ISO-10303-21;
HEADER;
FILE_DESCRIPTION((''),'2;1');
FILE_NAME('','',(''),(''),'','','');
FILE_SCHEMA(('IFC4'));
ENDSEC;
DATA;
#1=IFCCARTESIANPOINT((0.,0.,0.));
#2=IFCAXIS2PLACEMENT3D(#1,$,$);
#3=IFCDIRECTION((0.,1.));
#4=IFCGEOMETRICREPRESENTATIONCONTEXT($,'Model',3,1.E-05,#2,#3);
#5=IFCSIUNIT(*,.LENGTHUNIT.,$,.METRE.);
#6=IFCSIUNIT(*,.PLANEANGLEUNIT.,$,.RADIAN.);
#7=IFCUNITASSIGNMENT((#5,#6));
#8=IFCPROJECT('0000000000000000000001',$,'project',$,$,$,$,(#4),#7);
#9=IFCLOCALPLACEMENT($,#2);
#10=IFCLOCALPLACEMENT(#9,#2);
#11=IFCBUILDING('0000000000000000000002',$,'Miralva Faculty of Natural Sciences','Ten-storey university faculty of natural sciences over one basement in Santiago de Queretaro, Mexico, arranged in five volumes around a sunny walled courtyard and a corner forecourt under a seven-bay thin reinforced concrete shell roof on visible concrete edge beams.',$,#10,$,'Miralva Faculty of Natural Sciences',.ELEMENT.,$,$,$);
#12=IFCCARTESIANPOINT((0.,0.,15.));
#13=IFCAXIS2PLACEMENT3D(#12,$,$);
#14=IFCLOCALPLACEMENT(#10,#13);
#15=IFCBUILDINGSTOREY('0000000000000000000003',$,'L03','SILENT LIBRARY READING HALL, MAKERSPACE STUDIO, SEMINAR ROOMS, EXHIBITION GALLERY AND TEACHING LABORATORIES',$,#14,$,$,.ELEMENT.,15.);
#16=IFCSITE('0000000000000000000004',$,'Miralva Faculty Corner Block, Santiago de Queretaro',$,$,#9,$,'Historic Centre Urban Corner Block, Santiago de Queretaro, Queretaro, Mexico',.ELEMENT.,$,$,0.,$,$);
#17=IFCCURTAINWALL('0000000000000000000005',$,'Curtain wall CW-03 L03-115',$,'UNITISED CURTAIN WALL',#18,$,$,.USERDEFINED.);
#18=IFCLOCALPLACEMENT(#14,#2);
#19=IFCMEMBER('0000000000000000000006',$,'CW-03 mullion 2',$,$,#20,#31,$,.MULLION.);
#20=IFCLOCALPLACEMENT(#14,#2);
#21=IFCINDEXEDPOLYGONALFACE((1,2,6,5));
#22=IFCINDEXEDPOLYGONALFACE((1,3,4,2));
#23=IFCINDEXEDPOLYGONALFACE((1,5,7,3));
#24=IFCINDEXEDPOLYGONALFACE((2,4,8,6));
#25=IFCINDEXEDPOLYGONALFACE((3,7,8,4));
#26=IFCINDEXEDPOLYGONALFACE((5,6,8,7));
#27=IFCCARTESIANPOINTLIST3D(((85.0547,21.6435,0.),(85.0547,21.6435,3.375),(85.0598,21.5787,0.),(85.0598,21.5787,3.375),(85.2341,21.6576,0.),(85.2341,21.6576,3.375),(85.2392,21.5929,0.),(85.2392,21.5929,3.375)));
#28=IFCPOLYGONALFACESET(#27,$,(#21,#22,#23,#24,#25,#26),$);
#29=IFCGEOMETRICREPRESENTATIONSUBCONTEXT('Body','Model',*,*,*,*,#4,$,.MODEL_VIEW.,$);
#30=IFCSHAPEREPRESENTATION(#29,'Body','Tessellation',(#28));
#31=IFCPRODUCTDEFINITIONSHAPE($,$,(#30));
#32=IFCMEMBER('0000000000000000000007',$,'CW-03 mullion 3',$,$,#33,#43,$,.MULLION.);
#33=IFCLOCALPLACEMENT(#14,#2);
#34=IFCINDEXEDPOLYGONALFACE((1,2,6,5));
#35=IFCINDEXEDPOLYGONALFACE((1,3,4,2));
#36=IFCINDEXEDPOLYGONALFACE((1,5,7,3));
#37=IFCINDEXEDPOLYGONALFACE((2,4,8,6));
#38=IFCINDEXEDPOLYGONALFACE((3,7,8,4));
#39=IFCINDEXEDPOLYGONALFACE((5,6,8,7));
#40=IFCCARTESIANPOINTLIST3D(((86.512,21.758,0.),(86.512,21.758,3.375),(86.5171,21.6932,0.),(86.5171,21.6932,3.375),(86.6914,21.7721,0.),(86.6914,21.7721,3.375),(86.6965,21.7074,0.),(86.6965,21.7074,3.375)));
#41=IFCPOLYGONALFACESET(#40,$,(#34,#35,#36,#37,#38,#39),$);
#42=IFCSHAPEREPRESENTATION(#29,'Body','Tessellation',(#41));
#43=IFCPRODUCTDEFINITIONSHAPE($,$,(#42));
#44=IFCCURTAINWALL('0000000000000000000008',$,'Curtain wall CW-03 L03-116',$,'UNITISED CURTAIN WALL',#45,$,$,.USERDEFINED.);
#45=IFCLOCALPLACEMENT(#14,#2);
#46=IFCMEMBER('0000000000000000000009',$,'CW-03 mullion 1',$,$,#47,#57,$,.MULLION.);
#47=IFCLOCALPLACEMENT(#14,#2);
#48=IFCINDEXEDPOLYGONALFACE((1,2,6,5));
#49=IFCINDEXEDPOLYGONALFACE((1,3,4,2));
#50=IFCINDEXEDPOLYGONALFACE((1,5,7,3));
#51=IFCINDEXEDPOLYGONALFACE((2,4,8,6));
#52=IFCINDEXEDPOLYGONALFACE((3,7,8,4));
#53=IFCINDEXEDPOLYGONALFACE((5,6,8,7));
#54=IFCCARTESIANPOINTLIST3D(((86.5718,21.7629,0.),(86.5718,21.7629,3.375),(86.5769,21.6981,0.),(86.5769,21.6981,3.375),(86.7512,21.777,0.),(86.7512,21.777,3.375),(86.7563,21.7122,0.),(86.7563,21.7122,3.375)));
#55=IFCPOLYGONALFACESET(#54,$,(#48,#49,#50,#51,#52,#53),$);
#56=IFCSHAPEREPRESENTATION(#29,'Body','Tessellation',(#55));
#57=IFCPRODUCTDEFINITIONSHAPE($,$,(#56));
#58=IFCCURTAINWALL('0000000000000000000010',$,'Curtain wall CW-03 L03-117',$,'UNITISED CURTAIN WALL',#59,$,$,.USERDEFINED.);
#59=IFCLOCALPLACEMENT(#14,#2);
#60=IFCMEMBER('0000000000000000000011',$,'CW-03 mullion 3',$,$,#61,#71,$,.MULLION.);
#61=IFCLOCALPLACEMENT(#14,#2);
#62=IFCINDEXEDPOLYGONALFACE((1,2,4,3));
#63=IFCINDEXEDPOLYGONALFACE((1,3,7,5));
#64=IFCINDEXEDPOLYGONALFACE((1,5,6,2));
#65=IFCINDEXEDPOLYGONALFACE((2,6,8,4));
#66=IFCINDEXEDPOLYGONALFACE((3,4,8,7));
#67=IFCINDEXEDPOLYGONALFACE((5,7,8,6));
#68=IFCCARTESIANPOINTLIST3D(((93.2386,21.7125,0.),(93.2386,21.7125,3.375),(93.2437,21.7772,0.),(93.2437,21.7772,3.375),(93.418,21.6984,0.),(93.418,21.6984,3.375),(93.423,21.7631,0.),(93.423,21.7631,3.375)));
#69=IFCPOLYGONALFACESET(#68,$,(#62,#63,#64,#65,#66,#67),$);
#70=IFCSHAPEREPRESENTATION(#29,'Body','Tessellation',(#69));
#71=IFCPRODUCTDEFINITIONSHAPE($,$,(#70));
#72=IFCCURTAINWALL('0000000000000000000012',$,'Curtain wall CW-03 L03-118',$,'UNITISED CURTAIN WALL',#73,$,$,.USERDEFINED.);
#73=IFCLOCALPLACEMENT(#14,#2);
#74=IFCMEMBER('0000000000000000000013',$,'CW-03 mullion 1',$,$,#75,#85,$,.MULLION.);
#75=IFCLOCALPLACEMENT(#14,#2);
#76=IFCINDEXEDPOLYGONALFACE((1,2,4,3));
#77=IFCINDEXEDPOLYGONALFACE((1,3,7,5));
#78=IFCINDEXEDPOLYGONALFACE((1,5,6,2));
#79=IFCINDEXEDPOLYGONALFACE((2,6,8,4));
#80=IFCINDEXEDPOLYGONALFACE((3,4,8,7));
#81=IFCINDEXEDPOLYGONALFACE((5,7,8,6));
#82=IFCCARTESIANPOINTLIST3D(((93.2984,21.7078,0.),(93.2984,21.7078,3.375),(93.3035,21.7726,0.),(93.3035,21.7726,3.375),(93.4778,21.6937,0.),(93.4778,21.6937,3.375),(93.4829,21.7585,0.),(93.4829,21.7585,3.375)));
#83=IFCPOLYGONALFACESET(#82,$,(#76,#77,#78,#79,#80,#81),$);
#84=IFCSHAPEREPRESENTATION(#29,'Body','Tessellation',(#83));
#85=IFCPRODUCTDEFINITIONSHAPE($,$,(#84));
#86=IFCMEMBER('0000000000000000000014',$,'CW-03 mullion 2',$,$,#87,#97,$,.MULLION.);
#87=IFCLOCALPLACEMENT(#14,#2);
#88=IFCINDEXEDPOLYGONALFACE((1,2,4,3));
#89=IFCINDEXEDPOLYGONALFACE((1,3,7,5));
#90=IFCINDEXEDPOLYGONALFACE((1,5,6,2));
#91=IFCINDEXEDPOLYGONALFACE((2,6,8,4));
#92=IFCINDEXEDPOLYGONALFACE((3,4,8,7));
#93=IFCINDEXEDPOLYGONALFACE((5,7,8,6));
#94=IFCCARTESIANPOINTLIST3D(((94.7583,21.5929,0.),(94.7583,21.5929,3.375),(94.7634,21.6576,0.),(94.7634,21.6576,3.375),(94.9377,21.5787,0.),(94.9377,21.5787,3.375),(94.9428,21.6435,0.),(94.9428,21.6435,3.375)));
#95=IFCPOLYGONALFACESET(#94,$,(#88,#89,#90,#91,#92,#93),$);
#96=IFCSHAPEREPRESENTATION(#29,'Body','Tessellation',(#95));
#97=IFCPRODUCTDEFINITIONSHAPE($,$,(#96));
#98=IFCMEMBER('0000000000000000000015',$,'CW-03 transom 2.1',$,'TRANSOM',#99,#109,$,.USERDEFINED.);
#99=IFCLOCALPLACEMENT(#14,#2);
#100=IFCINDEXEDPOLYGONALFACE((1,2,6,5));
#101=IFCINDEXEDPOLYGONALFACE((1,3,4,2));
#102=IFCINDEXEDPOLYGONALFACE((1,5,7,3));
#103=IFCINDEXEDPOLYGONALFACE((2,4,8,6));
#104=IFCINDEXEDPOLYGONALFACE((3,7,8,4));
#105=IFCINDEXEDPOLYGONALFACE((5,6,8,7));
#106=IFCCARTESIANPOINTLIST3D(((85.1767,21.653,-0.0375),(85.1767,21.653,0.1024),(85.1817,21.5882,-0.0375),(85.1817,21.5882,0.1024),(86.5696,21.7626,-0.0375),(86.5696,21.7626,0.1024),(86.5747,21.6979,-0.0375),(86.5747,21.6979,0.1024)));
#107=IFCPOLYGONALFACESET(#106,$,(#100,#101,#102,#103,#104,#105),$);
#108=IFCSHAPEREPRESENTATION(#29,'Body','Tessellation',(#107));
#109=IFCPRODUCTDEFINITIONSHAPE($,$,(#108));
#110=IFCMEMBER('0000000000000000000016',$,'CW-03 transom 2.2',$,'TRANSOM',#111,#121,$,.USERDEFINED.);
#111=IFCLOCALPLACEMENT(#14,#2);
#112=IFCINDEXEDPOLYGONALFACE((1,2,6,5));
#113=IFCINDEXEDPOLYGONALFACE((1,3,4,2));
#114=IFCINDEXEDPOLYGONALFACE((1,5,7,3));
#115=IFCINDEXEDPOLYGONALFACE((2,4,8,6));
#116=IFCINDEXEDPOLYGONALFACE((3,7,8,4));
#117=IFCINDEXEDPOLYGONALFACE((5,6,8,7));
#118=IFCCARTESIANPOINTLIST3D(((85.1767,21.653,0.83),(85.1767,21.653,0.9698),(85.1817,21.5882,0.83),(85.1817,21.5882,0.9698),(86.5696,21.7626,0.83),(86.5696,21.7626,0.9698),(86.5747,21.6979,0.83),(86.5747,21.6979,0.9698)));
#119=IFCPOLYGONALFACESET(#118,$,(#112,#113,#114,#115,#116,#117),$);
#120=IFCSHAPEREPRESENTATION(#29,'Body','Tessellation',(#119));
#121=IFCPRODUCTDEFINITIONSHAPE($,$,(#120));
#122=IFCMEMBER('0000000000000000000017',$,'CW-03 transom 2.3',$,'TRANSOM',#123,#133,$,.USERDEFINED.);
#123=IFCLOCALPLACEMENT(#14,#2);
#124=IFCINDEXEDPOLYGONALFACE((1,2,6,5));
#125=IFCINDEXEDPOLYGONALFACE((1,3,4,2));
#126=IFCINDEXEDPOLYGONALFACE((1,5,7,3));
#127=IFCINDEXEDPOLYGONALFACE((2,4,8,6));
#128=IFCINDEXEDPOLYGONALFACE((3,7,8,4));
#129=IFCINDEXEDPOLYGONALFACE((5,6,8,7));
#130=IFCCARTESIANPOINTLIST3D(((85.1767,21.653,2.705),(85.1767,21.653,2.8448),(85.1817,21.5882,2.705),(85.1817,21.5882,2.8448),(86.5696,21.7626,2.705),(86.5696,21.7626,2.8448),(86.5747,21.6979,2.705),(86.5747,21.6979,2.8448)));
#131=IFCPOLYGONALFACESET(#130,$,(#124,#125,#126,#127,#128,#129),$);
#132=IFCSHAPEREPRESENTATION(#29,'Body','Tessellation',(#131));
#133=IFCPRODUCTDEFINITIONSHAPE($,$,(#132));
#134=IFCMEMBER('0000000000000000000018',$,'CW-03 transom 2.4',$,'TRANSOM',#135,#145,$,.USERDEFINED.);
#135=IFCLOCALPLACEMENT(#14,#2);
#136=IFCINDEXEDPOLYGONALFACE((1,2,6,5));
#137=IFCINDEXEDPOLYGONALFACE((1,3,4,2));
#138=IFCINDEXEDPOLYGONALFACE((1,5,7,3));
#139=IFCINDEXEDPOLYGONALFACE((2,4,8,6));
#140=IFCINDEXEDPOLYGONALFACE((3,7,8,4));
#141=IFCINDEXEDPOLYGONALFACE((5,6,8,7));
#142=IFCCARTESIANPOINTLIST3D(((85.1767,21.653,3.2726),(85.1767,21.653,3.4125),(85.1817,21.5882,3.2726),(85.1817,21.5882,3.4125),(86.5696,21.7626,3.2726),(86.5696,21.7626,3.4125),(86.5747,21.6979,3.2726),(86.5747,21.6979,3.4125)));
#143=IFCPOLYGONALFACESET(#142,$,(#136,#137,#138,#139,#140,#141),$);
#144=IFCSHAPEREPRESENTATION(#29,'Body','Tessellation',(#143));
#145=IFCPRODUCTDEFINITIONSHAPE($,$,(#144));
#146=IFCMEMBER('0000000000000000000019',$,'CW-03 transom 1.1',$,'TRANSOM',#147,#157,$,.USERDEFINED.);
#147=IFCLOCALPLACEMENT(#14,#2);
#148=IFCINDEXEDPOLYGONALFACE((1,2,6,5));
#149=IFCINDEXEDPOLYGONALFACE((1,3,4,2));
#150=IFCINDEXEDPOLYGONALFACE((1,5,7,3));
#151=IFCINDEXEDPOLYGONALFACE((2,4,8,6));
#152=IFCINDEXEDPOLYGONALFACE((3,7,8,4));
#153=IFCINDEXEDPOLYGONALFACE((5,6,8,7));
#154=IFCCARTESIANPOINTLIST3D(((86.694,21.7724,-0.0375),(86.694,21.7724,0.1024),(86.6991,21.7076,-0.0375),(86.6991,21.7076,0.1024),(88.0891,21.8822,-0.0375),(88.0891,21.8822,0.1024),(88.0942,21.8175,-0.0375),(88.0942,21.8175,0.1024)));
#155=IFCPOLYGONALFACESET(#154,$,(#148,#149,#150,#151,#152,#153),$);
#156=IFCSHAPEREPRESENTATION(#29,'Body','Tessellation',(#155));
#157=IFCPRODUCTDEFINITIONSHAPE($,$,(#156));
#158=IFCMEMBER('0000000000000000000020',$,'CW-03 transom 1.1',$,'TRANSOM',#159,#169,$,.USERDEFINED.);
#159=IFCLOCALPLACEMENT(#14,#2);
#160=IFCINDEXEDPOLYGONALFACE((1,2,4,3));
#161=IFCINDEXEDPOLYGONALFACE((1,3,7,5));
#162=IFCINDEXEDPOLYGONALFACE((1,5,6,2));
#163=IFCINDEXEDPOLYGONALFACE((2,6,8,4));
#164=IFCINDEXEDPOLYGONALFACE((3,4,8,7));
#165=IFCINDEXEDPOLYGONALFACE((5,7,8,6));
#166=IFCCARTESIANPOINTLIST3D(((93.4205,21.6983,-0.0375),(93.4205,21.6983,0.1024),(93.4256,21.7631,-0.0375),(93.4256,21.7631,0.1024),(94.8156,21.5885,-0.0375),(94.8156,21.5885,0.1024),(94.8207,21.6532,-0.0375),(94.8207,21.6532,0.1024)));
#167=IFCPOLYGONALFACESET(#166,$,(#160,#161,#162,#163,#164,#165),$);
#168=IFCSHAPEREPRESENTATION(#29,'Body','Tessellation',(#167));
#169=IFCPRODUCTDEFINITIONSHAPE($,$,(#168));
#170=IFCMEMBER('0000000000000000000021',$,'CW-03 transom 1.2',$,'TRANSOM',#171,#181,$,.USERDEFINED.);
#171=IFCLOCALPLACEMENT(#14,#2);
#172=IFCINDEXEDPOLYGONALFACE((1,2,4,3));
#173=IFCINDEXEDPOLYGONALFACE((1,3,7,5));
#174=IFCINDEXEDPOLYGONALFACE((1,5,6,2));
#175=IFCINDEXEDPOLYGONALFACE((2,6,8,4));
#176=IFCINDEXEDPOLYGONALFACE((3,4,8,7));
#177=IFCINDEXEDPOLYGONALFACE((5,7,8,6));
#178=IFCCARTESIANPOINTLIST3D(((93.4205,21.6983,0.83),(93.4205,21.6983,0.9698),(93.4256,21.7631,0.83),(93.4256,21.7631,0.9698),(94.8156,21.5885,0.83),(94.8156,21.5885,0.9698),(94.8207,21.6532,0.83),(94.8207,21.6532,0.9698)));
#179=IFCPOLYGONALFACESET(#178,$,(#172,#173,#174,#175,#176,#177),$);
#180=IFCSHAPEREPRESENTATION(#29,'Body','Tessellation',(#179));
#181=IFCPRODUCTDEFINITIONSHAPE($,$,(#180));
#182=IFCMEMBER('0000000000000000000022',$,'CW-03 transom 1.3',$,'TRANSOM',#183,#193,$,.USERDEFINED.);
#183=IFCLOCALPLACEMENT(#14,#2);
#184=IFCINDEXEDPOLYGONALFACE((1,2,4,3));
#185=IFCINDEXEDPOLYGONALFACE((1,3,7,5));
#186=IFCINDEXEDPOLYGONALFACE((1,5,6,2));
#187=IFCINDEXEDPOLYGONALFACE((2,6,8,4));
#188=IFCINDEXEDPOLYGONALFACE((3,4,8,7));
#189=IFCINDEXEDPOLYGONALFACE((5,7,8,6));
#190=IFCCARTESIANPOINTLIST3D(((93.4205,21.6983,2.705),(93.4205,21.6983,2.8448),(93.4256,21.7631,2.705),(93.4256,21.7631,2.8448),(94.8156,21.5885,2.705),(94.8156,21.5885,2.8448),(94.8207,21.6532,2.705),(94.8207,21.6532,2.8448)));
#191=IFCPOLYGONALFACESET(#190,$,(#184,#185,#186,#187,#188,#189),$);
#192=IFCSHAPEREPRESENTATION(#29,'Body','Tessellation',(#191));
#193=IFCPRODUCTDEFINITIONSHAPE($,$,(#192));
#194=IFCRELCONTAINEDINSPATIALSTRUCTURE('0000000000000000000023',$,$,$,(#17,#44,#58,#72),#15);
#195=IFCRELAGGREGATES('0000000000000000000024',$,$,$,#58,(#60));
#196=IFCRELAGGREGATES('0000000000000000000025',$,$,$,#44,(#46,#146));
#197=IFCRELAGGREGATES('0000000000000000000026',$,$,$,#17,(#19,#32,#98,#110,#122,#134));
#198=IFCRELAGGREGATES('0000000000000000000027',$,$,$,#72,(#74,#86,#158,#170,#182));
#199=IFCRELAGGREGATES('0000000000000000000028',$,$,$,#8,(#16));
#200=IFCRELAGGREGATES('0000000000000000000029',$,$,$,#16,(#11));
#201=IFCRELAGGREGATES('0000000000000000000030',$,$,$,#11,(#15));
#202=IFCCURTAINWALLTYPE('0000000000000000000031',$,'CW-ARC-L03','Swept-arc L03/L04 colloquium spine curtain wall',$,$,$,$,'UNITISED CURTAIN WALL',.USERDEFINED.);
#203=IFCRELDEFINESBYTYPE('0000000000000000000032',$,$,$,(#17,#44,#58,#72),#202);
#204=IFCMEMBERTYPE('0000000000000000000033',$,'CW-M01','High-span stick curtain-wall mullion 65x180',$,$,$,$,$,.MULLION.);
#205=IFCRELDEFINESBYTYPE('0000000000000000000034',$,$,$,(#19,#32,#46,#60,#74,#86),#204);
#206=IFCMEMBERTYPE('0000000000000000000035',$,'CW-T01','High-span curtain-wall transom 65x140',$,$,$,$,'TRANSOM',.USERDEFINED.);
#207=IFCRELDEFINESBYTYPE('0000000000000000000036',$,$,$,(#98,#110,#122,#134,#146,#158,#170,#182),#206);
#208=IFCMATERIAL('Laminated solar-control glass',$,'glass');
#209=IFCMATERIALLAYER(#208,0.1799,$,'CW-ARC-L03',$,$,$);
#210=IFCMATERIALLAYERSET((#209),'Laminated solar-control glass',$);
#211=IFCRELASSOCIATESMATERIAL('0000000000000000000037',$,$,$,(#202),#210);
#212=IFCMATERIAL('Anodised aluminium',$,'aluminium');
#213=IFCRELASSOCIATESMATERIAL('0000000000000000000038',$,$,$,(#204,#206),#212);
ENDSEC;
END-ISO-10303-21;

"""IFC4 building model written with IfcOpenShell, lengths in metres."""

from ifc_helpers import new_model, si_unit, direction, frame, origin, origin_2d, place, context, subcontext, project, spatial, rectangle, extrude, material, layer, layer_set, material_profile, profile_set, type_object, element, aggregate, save


model = new_model("IFC4")

# Units and contexts
model_context = context("Model", 3, precision=1e-05, world=origin(), true_north=direction((0.0, 1.0)))
body_context = subcontext(model_context, "Body", "Model", "MODEL_VIEW")
ifc_project = project(units=[si_unit("LENGTHUNIT", "METRE"), si_unit("PLANEANGLEUNIT", "RADIAN")], contexts=[model_context])

# Site, building, storey
site_placement = place(None, origin())
site = spatial("IfcSite", under=ifc_project, at=site_placement, Name="Miralva Faculty Corner Block, Santiago de Queretaro", LongName="Historic Centre Urban Corner Block, Santiago de Queretaro, Queretaro, Mexico", CompositionType="ELEMENT", RefElevation=0.0)
building_placement = place(site_placement, origin())
building = spatial("IfcBuilding", under=site, at=building_placement, Name="Miralva Faculty of Natural Sciences", Description="Ten-storey university faculty of natural sciences over one basement in Santiago de Queretaro, Mexico, arranged in five volumes around a sunny walled courtyard and a corner forecourt under a seven-bay thin reinforced concrete shell roof on visible concrete edge beams.", LongName="Miralva Faculty of Natural Sciences", CompositionType="ELEMENT")
storey_placement = place(building_placement, frame((0.0, 0.0, 15.0)))
storey = spatial("IfcBuildingStorey", under=building, at=storey_placement, Name="L03", Description="SILENT LIBRARY READING HALL, MAKERSPACE STUDIO, SEMINAR ROOMS, EXHIBITION GALLERY AND TEACHING LABORATORIES", CompositionType="ELEMENT", Elevation=15.0)

# Curtain wall, members
ifc_material_1 = material(Name="Laminated solar-control glass", Category="glass")
ifc_layer_1 = layer(ifc_material_1, 0.1799, Name="CW-ARC-L03")
ifc_layer_set_1 = layer_set([ifc_layer_1], Name="Laminated solar-control glass")
curtain_wall_type = type_object("IfcCurtainWallType", Name="CW-ARC-L03", Description="Swept-arc L03/L04 colloquium spine curtain wall", ElementType="UNITISED CURTAIN WALL", PredefinedType="USERDEFINED", material=ifc_layer_set_1)
curtain_wall_1_placement = place(storey_placement, origin())
curtain_wall_1 = element("IfcCurtainWall", 1, at=curtain_wall_1_placement, inside=storey, type_object=curtain_wall_type, Name="Curtain wall CW-03 L03-115", ObjectType="UNITISED CURTAIN WALL", PredefinedType="USERDEFINED")
ifc_material_2 = material(Name="Anodised aluminium", Category="aluminium")
ifc_material_profile_1 = material_profile(ifc_material_2, rectangle(XDim=0.0649, YDim=0.1799, at=origin_2d()), Name="MULLION 65x180")
ifc_profile_set_1 = profile_set([ifc_material_profile_1], Name="Anodised aluminium")
member_type_1 = type_object("IfcMemberType", Name="CW-M01", Description="High-span stick curtain-wall mullion 65x180", PredefinedType="MULLION", material=ifc_profile_set_1)
member_1_placement = place(storey_placement, frame((85.147, 21.6182, 0.0), z_axis=(0.0, 0.0, 1.0), x_axis=(-0.078459, 0.996917, 0.0)))
member_1 = element("IfcMember", 2, at=member_1_placement, type_object=member_type_1, Name="CW-03 mullion 2", PredefinedType="MULLION", context=body_context, shape_type="SweptSolid", body=[
    extrude(rectangle(XDim=0.0649, YDim=0.1799, at=origin_2d()), origin(), (0.0, 0.0, 1.0), 3.375),
])
member_2_placement = place(storey_placement, frame((86.6042, 21.7327, 0.0), z_axis=(0.0, 0.0, 1.0), x_axis=(-0.078459, 0.996917, 0.0)))
member_2 = element("IfcMember", 3, at=member_2_placement, type_object=member_type_1, Name="CW-03 mullion 3", PredefinedType="MULLION", context=body_context, shape_type="SweptSolid", body=[
    extrude(rectangle(XDim=0.0649, YDim=0.1799, at=origin_2d()), origin(), (0.0, 0.0, 1.0), 3.375),
])

# Curtain walls, members
curtain_wall_2_placement = place(storey_placement, origin())
curtain_wall_2 = element("IfcCurtainWall", 4, at=curtain_wall_2_placement, inside=storey, type_object=curtain_wall_type, Name="Curtain wall CW-03 L03-116", ObjectType="UNITISED CURTAIN WALL", PredefinedType="USERDEFINED")
member_3_placement = place(storey_placement, frame((86.6641, 21.7375, 0.0), z_axis=(0.0, 0.0, 1.0), x_axis=(-0.078464, 0.996917, 0.0)))
member_3 = element("IfcMember", 5, at=member_3_placement, type_object=member_type_1, Name="CW-03 mullion 1", PredefinedType="MULLION", context=body_context, shape_type="SweptSolid", body=[
    extrude(rectangle(XDim=0.0649, YDim=0.1799, at=origin_2d()), origin(), (0.0, 0.0, 1.0), 3.375),
])
curtain_wall_3_placement = place(storey_placement, origin())
curtain_wall_3 = element("IfcCurtainWall", 6, at=curtain_wall_3_placement, inside=storey, type_object=curtain_wall_type, Name="Curtain wall CW-03 L03-117", ObjectType="UNITISED CURTAIN WALL", PredefinedType="USERDEFINED")
member_4_placement = place(storey_placement, frame((93.3308, 21.7378, 0.0), z_axis=(0.0, 0.0, 1.0), x_axis=(0.078462, 0.996917, 0.0)))
member_4 = element("IfcMember", 7, at=member_4_placement, type_object=member_type_1, Name="CW-03 mullion 3", PredefinedType="MULLION", context=body_context, shape_type="SweptSolid", body=[
    extrude(rectangle(XDim=0.0649, YDim=0.1799, at=origin_2d()), origin(), (0.0, 0.0, 1.0), 3.375),
])
aggregate(curtain_wall_3, [member_4])

# Curtain wall, members
curtain_wall_4_placement = place(storey_placement, origin())
curtain_wall_4 = element("IfcCurtainWall", 8, at=curtain_wall_4_placement, inside=storey, type_object=curtain_wall_type, Name="Curtain wall CW-03 L03-118", ObjectType="UNITISED CURTAIN WALL", PredefinedType="USERDEFINED")
member_5_placement = place(storey_placement, frame((93.3906, 21.7332, 0.0), z_axis=(0.0, 0.0, 1.0), x_axis=(0.078461, 0.996917, 0.0)))
member_5 = element("IfcMember", 9, at=member_5_placement, type_object=member_type_1, Name="CW-03 mullion 1", PredefinedType="MULLION", context=body_context, shape_type="SweptSolid", body=[
    extrude(rectangle(XDim=0.0649, YDim=0.1799, at=origin_2d()), origin(), (0.0, 0.0, 1.0), 3.375),
])
member_6_placement = place(storey_placement, frame((94.8506, 21.6182, 0.0), z_axis=(0.0, 0.0, 1.0), x_axis=(0.078461, 0.996917, 0.0)))
member_6 = element("IfcMember", 10, at=member_6_placement, type_object=member_type_1, Name="CW-03 mullion 2", PredefinedType="MULLION", context=body_context, shape_type="SweptSolid", body=[
    extrude(rectangle(XDim=0.0649, YDim=0.1799, at=origin_2d()), origin(), (0.0, 0.0, 1.0), 3.375),
])

# Members
ifc_material_profile_2 = material_profile(ifc_material_2, rectangle(XDim=0.0649, YDim=0.1399, at=origin_2d()), Name="TRANSOM 65x140")
ifc_profile_set_2 = profile_set([ifc_material_profile_2], Name="Anodised aluminium")
member_type_2 = type_object("IfcMemberType", Name="CW-T01", Description="High-span curtain-wall transom 65x140", ElementType="TRANSOM", PredefinedType="USERDEFINED", material=ifc_profile_set_2)
member_7_placement = place(storey_placement, frame((85.1792, 21.6206, 0.0325), z_axis=(0.996917, 0.07846, 0.0), x_axis=(-0.07846, 0.996917, 0.0)))
member_7 = element("IfcMember", 11, at=member_7_placement, type_object=member_type_2, Name="CW-03 transom 2.1", ObjectType="TRANSOM", PredefinedType="USERDEFINED", context=body_context, shape_type="SweptSolid", body=[
    extrude(rectangle(XDim=0.0649, YDim=0.1399, at=origin_2d()), origin(), (0.0, 0.0, 1.0), 1.3972),
])
member_8_placement = place(storey_placement, frame((85.1792, 21.6206, 0.8999), z_axis=(0.996917, 0.07846, 0.0), x_axis=(-0.07846, 0.996917, 0.0)))
member_8 = element("IfcMember", 12, at=member_8_placement, type_object=member_type_2, Name="CW-03 transom 2.2", ObjectType="TRANSOM", PredefinedType="USERDEFINED", context=body_context, shape_type="SweptSolid", body=[
    extrude(rectangle(XDim=0.0649, YDim=0.1399, at=origin_2d()), origin(), (0.0, 0.0, 1.0), 1.3972),
])
member_9_placement = place(storey_placement, frame((85.1792, 21.6206, 2.7749), z_axis=(0.996917, 0.07846, 0.0), x_axis=(-0.07846, 0.996917, 0.0)))
member_9 = element("IfcMember", 13, at=member_9_placement, type_object=member_type_2, Name="CW-03 transom 2.3", ObjectType="TRANSOM", PredefinedType="USERDEFINED", context=body_context, shape_type="SweptSolid", body=[
    extrude(rectangle(XDim=0.0649, YDim=0.1399, at=origin_2d()), origin(), (0.0, 0.0, 1.0), 1.3972),
])
member_10_placement = place(storey_placement, frame((85.1792, 21.6206, 3.3425), z_axis=(0.996917, 0.07846, 0.0), x_axis=(-0.07846, 0.996917, 0.0)))
member_10 = element("IfcMember", 14, at=member_10_placement, type_object=member_type_2, Name="CW-03 transom 2.4", ObjectType="TRANSOM", PredefinedType="USERDEFINED", context=body_context, shape_type="SweptSolid", body=[
    extrude(rectangle(XDim=0.0649, YDim=0.1399, at=origin_2d()), origin(), (0.0, 0.0, 1.0), 1.3972),
])
member_11_placement = place(storey_placement, frame((86.6965, 21.74, 0.0325), z_axis=(0.996913, 0.078511, 0.0), x_axis=(-0.078511, 0.996913, 0.0)))
member_11 = element("IfcMember", 15, at=member_11_placement, type_object=member_type_2, Name="CW-03 transom 1.1", ObjectType="TRANSOM", PredefinedType="USERDEFINED", context=body_context, shape_type="SweptSolid", body=[
    extrude(rectangle(XDim=0.0649, YDim=0.1399, at=origin_2d()), origin(), (0.0, 0.0, 1.0), 1.3994),
])
aggregate(curtain_wall_2, [member_3, member_11])
member_12_placement = place(storey_placement, frame((93.4231, 21.7307, 0.0325), z_axis=(0.996913, -0.078511, 0.0), x_axis=(0.078511, 0.996913, 0.0)))
member_12 = element("IfcMember", 16, at=member_12_placement, type_object=member_type_2, Name="CW-03 transom 1.1", ObjectType="TRANSOM", PredefinedType="USERDEFINED", context=body_context, shape_type="SweptSolid", body=[
    extrude(rectangle(XDim=0.0649, YDim=0.1399, at=origin_2d()), origin(), (0.0, 0.0, 1.0), 1.3994),
])
member_13_placement = place(storey_placement, frame((93.4231, 21.7307, 0.8999), z_axis=(0.996913, -0.078511, 0.0), x_axis=(0.078511, 0.996913, 0.0)))
member_13 = element("IfcMember", 17, at=member_13_placement, type_object=member_type_2, Name="CW-03 transom 1.2", ObjectType="TRANSOM", PredefinedType="USERDEFINED", context=body_context, shape_type="SweptSolid", body=[
    extrude(rectangle(XDim=0.0649, YDim=0.1399, at=origin_2d()), origin(), (0.0, 0.0, 1.0), 1.3994),
])
member_14_placement = place(storey_placement, frame((93.4231, 21.7307, 2.7749), z_axis=(0.996913, -0.078511, 0.0), x_axis=(0.078511, 0.996913, 0.0)))
member_14 = element("IfcMember", 18, at=member_14_placement, type_object=member_type_2, Name="CW-03 transom 1.3", ObjectType="TRANSOM", PredefinedType="USERDEFINED", context=body_context, shape_type="SweptSolid", body=[
    extrude(rectangle(XDim=0.0649, YDim=0.1399, at=origin_2d()), origin(), (0.0, 0.0, 1.0), 1.3994),
])

aggregate(curtain_wall_1, [member_1, member_2, member_7, member_8, member_9, member_10])
aggregate(curtain_wall_4, [member_5, member_6, member_12, member_13, member_14])

save(model, "model.ifc")
